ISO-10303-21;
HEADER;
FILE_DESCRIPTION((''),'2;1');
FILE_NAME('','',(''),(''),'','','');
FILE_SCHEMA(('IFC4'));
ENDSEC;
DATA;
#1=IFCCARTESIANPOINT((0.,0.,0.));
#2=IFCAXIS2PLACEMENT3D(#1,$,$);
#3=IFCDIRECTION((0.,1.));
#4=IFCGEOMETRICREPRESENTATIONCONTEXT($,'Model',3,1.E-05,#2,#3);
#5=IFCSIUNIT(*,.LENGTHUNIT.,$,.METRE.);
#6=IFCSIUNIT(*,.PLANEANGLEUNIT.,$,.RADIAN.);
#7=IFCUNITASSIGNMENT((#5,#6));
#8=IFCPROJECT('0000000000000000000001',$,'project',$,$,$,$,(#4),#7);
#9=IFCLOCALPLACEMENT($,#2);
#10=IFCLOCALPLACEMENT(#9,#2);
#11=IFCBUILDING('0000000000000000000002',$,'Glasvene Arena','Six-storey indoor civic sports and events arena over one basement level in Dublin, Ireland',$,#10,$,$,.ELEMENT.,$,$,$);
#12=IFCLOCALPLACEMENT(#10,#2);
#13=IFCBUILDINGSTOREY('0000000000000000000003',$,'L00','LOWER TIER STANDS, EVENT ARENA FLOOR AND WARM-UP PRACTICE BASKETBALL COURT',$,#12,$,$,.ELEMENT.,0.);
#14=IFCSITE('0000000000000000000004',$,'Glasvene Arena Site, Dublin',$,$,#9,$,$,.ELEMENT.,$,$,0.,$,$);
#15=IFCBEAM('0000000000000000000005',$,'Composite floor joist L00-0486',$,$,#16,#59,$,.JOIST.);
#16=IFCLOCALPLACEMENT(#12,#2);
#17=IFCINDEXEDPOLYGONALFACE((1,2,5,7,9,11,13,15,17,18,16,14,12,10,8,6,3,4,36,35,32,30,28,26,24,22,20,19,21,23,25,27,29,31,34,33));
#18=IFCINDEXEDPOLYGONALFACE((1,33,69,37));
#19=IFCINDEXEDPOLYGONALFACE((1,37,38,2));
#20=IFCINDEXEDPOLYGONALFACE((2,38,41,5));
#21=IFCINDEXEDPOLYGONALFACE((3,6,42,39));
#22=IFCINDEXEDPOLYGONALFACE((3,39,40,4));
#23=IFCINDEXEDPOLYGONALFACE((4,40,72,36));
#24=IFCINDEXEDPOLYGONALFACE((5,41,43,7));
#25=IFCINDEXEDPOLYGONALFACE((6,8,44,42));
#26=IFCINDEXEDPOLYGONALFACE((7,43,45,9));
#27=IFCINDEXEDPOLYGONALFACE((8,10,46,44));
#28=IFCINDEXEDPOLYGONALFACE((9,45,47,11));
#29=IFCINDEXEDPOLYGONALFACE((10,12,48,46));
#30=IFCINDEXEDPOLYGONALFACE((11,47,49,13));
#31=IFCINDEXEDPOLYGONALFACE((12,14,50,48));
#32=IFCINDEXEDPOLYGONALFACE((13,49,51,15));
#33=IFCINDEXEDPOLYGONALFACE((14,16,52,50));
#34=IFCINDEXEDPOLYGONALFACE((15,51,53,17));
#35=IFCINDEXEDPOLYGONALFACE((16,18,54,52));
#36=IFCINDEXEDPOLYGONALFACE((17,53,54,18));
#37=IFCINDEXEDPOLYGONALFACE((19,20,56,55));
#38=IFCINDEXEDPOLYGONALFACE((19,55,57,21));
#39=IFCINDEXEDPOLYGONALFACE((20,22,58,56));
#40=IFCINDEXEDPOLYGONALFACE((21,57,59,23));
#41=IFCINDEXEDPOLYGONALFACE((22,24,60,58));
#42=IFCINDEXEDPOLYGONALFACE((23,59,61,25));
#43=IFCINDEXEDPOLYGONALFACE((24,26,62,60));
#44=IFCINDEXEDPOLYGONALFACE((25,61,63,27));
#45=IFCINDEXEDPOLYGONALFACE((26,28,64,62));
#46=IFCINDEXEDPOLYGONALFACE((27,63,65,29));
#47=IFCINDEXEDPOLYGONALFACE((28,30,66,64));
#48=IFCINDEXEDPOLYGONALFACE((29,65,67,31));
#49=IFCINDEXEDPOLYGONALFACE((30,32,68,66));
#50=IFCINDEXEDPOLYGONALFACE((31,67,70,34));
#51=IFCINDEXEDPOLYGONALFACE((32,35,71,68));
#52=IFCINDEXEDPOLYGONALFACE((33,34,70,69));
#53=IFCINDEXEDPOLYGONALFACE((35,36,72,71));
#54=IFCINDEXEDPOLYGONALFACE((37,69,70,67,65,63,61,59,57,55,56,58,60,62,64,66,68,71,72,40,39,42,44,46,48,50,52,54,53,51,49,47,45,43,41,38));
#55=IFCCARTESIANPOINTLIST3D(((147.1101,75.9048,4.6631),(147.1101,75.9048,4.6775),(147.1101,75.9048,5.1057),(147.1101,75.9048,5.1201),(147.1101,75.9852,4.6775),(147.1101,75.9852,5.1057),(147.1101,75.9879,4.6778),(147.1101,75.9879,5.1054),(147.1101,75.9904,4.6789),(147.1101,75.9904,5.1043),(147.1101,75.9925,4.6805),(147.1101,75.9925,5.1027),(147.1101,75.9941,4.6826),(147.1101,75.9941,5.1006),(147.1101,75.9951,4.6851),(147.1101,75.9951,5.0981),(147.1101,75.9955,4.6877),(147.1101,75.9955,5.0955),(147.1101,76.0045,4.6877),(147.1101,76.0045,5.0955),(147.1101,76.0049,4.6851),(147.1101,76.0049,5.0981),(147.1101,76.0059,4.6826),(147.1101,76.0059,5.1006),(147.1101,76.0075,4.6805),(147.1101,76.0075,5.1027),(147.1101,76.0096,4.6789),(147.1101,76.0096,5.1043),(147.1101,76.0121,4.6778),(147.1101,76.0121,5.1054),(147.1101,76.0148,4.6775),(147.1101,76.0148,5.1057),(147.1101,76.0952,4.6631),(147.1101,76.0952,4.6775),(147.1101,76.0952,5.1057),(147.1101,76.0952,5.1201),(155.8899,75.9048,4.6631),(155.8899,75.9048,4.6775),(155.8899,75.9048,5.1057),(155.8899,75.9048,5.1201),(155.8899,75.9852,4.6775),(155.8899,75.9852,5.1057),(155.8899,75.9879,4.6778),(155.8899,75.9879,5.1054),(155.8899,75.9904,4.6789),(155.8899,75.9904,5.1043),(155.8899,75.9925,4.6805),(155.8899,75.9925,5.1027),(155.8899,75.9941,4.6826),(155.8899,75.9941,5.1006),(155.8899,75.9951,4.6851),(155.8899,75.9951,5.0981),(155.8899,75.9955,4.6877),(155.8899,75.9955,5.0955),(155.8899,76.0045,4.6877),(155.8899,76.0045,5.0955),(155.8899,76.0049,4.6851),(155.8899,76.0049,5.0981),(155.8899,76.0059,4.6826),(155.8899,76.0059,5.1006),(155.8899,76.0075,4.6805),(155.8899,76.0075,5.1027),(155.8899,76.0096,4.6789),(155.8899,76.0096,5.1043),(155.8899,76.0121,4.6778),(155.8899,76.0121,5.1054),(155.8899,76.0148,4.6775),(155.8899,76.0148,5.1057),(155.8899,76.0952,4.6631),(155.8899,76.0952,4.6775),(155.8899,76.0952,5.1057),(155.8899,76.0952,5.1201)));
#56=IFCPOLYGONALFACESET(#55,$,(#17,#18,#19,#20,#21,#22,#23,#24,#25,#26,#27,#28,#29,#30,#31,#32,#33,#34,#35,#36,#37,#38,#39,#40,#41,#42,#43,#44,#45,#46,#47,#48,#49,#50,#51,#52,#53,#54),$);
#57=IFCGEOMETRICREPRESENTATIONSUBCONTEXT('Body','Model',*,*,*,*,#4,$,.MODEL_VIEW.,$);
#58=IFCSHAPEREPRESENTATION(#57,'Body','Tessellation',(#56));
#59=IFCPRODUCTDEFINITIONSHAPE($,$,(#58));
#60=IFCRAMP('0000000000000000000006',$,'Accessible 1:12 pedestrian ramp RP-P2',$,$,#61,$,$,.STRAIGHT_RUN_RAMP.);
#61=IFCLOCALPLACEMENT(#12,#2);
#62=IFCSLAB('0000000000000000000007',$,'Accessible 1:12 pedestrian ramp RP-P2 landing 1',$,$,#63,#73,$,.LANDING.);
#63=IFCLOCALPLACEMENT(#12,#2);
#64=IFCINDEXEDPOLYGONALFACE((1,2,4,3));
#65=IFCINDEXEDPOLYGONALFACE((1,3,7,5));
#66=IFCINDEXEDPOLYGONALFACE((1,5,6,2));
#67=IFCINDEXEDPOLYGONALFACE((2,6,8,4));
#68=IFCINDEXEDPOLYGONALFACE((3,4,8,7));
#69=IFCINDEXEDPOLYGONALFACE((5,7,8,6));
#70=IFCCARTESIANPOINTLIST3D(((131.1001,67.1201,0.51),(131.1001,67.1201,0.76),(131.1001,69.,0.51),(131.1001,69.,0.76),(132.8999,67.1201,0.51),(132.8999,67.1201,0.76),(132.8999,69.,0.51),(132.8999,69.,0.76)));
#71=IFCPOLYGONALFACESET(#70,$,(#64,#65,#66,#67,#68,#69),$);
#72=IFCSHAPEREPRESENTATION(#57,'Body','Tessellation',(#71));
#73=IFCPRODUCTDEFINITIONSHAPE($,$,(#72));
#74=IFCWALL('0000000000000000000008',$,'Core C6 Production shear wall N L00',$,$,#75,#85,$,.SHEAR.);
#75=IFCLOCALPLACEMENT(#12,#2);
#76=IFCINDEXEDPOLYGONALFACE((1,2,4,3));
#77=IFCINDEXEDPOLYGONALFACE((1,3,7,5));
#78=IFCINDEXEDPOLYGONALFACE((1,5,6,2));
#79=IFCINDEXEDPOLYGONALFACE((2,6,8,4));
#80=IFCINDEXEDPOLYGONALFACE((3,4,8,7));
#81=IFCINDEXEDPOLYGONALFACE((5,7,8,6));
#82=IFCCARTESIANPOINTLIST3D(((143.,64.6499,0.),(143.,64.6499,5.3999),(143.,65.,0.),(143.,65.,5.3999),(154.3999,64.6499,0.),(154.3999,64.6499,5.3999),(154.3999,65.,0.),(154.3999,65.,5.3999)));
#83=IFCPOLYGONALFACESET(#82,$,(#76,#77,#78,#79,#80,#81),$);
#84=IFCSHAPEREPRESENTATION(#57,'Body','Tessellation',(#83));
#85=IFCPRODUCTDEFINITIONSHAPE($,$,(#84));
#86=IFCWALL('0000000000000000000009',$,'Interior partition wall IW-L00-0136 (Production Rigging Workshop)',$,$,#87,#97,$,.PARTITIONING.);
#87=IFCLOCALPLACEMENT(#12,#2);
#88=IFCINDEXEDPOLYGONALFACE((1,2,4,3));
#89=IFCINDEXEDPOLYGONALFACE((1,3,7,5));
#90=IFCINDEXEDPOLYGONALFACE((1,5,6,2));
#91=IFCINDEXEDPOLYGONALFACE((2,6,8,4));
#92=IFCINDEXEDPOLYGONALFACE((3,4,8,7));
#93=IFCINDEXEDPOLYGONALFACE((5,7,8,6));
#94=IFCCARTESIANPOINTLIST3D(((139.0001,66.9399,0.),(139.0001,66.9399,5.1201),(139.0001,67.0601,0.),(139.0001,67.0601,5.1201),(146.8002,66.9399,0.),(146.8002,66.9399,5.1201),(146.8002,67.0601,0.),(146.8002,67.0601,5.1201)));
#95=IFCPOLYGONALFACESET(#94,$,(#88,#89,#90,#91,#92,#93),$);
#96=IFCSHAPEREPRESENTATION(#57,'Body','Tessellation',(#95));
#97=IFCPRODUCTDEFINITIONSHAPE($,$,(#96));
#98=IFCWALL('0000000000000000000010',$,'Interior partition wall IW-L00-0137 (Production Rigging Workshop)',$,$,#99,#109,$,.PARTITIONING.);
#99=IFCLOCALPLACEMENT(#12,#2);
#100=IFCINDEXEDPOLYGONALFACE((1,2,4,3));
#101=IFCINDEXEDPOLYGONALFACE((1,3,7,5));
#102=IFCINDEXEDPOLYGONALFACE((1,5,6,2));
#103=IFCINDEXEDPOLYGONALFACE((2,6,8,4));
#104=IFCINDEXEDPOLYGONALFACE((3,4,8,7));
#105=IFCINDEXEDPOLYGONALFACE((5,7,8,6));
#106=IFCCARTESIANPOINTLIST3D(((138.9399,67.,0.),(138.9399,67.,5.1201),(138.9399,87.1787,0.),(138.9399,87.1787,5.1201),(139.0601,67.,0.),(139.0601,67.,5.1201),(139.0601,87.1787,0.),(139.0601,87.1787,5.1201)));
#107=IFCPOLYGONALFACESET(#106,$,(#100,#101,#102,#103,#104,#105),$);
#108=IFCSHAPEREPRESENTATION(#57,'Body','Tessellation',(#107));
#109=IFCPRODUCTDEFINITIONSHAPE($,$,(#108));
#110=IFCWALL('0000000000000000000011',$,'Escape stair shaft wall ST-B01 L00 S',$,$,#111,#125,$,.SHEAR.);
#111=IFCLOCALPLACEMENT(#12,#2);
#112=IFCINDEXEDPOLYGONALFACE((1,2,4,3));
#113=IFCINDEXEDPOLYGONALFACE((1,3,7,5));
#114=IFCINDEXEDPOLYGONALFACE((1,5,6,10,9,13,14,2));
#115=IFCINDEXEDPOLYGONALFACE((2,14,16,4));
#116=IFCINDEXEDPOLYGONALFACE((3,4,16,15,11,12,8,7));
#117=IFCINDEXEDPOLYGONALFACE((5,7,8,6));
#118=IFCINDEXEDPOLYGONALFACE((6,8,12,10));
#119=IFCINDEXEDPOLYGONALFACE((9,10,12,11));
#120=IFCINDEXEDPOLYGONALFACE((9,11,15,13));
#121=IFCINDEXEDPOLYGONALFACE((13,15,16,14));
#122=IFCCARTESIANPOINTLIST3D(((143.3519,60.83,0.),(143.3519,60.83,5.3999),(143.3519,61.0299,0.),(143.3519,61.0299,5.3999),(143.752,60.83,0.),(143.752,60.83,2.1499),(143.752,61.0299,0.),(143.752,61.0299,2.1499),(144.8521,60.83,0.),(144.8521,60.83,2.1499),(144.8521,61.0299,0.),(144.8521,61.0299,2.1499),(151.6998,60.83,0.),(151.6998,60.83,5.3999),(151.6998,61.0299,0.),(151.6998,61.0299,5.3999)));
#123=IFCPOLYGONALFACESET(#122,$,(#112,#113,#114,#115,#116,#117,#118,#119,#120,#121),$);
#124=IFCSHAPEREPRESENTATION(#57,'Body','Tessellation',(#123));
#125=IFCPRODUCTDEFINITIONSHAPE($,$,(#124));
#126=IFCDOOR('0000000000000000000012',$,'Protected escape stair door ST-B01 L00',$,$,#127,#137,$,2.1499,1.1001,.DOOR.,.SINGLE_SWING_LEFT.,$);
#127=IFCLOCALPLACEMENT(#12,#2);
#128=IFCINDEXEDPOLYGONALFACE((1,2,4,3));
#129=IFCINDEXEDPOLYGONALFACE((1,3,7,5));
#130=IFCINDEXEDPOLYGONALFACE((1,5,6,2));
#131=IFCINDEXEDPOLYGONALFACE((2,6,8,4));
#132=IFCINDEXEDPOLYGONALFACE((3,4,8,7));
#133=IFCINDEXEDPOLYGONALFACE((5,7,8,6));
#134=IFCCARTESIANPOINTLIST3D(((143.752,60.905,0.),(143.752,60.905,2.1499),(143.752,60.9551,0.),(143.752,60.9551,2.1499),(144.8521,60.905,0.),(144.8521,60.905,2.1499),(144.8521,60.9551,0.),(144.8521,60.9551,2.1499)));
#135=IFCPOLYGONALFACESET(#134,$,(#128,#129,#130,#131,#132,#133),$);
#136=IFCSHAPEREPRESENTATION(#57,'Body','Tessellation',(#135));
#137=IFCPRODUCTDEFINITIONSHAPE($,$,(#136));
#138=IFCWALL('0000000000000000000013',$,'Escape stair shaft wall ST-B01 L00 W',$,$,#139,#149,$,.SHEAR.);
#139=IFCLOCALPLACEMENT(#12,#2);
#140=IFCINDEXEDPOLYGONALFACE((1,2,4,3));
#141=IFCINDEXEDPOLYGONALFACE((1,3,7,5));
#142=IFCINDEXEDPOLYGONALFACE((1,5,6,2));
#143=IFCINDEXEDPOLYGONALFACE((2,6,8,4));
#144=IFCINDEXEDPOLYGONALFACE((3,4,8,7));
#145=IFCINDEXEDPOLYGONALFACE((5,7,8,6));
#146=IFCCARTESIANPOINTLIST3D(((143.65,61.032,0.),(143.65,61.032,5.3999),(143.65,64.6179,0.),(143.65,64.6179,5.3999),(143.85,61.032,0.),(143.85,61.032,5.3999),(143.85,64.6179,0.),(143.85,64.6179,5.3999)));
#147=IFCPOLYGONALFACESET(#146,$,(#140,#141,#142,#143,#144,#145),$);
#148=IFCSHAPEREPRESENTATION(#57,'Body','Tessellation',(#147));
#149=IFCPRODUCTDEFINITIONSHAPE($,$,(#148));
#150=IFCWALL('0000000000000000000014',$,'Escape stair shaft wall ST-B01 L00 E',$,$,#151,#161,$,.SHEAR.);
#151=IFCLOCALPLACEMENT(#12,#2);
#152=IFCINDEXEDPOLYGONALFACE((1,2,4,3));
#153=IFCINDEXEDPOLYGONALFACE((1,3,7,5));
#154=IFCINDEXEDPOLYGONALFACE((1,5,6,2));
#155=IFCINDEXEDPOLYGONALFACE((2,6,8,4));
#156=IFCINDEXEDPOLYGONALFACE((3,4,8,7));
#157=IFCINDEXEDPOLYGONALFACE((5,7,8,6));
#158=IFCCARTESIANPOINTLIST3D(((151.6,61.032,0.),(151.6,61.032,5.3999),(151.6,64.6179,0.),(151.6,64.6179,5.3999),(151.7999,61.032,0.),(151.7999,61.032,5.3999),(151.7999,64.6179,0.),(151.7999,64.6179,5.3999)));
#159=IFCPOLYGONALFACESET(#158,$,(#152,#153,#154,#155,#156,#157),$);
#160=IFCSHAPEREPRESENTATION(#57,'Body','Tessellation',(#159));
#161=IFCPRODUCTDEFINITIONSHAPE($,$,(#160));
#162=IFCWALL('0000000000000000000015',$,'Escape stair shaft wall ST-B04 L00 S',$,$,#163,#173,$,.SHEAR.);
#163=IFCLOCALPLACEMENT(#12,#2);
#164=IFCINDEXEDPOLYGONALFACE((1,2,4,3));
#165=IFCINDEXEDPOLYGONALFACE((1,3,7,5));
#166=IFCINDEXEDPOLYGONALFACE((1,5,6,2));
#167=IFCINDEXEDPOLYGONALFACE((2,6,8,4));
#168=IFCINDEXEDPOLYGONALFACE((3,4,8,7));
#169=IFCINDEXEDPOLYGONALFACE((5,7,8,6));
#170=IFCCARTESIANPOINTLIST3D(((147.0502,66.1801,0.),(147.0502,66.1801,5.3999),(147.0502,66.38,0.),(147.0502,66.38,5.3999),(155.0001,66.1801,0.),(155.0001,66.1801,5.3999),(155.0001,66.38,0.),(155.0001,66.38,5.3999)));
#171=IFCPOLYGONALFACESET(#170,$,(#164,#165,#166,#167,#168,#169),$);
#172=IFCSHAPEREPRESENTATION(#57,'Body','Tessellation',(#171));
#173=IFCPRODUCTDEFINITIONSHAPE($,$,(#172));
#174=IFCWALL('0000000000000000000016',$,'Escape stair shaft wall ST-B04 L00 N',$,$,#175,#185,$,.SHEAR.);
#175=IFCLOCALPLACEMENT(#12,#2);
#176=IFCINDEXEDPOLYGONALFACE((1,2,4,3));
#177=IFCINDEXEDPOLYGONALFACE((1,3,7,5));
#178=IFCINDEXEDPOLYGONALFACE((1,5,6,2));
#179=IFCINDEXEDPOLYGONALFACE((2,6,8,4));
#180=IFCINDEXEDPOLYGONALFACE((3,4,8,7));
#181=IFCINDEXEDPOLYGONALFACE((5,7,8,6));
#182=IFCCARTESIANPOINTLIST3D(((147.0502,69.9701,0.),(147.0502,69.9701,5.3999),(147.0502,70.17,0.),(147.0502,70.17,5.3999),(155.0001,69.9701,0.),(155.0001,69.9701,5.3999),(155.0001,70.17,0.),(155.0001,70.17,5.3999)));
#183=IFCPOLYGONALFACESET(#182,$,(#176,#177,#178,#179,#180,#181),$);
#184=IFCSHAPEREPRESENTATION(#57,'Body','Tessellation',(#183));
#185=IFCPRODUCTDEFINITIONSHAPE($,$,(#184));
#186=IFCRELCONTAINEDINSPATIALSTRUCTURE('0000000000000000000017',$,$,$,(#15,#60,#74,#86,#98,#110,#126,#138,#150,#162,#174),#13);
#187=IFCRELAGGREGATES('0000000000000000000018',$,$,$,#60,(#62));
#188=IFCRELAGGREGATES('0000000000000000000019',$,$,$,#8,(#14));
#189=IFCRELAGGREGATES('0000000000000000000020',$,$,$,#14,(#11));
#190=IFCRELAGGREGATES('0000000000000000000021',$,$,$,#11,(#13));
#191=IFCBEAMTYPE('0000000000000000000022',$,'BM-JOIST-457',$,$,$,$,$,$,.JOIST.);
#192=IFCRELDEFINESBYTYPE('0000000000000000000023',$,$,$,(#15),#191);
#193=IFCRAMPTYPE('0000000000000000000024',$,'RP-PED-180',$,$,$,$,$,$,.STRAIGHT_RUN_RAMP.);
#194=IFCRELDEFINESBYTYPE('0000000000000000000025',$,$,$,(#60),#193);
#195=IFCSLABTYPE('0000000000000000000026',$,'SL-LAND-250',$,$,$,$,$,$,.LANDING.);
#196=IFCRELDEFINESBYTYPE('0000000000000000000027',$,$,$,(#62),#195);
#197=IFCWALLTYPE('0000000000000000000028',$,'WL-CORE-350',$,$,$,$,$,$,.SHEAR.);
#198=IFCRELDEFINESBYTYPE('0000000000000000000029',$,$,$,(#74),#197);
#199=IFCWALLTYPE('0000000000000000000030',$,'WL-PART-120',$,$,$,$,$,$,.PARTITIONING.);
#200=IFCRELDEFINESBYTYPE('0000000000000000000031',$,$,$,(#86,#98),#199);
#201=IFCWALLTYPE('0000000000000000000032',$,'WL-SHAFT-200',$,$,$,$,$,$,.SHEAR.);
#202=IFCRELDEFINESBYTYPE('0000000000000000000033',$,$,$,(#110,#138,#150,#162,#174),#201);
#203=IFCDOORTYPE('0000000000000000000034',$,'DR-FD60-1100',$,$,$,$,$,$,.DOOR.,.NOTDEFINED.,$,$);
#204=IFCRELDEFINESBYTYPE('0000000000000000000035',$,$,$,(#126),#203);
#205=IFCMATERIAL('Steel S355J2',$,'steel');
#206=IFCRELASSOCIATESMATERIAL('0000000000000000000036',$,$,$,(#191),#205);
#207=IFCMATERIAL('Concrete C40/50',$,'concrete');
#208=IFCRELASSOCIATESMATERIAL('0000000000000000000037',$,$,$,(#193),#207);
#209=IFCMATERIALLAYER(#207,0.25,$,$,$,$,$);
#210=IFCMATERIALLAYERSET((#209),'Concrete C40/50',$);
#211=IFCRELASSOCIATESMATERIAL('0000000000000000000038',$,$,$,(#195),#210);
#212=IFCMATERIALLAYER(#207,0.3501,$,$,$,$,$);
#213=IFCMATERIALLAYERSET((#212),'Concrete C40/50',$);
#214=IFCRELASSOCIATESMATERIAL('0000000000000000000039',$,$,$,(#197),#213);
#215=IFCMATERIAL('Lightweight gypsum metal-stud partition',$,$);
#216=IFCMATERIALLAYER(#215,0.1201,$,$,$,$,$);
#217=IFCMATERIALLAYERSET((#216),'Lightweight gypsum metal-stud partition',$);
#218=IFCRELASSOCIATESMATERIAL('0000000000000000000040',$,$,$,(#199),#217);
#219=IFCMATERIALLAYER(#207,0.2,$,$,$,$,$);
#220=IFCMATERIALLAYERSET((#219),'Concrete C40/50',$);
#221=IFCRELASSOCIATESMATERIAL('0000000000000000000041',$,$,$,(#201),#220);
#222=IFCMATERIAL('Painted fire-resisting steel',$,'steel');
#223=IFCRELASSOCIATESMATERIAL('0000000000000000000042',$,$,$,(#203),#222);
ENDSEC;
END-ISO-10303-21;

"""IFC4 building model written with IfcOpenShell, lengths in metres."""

from ifc_helpers import new_model, si_unit, direction, frame, frame_2d, origin, origin_2d, place, context, subcontext, project, spatial, polyline, rectangle, i_section, outline, extrude, material, layer, layer_set, material_profile, profile_set, type_object, element, fill, aggregate, save


model = new_model("IFC4")

# Units and contexts
model_context = context("Model", 3, precision=1e-05, world=origin(), true_north=direction((0.0, 1.0)))
body_context = subcontext(model_context, "Body", "Model", "MODEL_VIEW")
ifc_project = project(units=[si_unit("LENGTHUNIT", "METRE"), si_unit("PLANEANGLEUNIT", "RADIAN")], contexts=[model_context])

# Site, building, storey
site_placement = place(None, origin())
site = spatial("IfcSite", under=ifc_project, at=site_placement, Name="Glasvene Arena Site, Dublin", CompositionType="ELEMENT", RefElevation=0.0)
building_placement = place(site_placement, origin())
building = spatial("IfcBuilding", under=site, at=building_placement, Name="Glasvene Arena", Description="Six-storey indoor civic sports and events arena over one basement level in Dublin, Ireland", CompositionType="ELEMENT")
storey_placement = place(building_placement, origin())
storey = spatial("IfcBuildingStorey", under=building, at=storey_placement, Name="L00", Description="LOWER TIER STANDS, EVENT ARENA FLOOR AND WARM-UP PRACTICE BASKETBALL COURT", CompositionType="ELEMENT", Elevation=0.0)

# Shared definitions
ifc_material_1 = material(Name="Concrete C40/50", Category="concrete")
ifc_material_2 = material(Name="Steel S355J2", Category="steel")

# Beam
ifc_material_profile_1 = material_profile(ifc_material_2, i_section(OverallWidth=0.1904, OverallDepth=0.457, WebThickness=0.009, FlangeThickness=0.0144, FilletRadius=0.0103, at=origin_2d()), Name="UKB 457x191x74")
ifc_profile_set_1 = profile_set([ifc_material_profile_1], Name="Steel S355J2")
beam_type_1 = type_object("IfcBeamType", Name="BM-JOIST-457", PredefinedType="JOIST", material=ifc_profile_set_1)
beam_1_placement = place(storey_placement, frame((147.1101, 76.0, 4.8916), z_axis=(1.0, 0.0, 0.0), x_axis=(0.0, 1.0, 0.0)))
element("IfcBeam", 1, at=beam_1_placement, inside=storey, type_object=beam_type_1, Name="Composite floor joist L00-0486", PredefinedType="JOIST", context=body_context, shape_type="SweptSolid", body=[
    extrude(i_section(OverallWidth=0.1904, OverallDepth=0.457, WebThickness=0.009, FlangeThickness=0.0144, FilletRadius=0.0103, at=origin_2d()), origin(), (0.0, 0.0, 1.0), 8.7798),
])

# Ramp, slab
ramp_type = type_object("IfcRampType", Name="RP-PED-180", PredefinedType="STRAIGHT_RUN_RAMP", material=ifc_material_1)
ramp_placement = place(storey_placement, origin())
ramp = element("IfcRamp", 2, at=ramp_placement, inside=storey, type_object=ramp_type, Name="Accessible 1:12 pedestrian ramp RP-P2", PredefinedType="STRAIGHT_RUN_RAMP")
ifc_layer_1 = layer(ifc_material_1, 0.25)
ifc_layer_set_1 = layer_set([ifc_layer_1], Name="Concrete C40/50")
slab_type_1 = type_object("IfcSlabType", Name="SL-LAND-250", PredefinedType="LANDING", material=ifc_layer_set_1)
slab_1_placement = place(storey_placement, frame((132.0, 68.0601, 0.51)))
slab_1 = element("IfcSlab", 3, at=slab_1_placement, type_object=slab_type_1, Name="Accessible 1:12 pedestrian ramp RP-P2 landing 1", PredefinedType="LANDING", context=body_context, shape_type="SweptSolid", body=[
    extrude(outline(polyline([(-0.8999, -0.9399), (0.8999, -0.9399), (0.8999, 0.9399), (-0.8999, 0.9399), (-0.8999, -0.9399)])), origin(), (0.0, 0.0, 1.0), 0.25),
])
aggregate(ramp, [slab_1])

# Walls
ifc_layer_2 = layer(ifc_material_1, 0.3501)
ifc_layer_set_2 = layer_set([ifc_layer_2], Name="Concrete C40/50")
wall_type_1 = type_object("IfcWallType", Name="WL-CORE-350", PredefinedType="SHEAR", material=ifc_layer_set_2)
wall_1_placement = place(storey_placement, frame((143.0, 64.825, 0.0), z_axis=(0.0, 0.0, 1.0), x_axis=(1.0, 0.0, 0.0)))
element("IfcWall", 4, at=wall_1_placement, inside=storey, type_object=wall_type_1, Name="Core C6 Production shear wall N L00", PredefinedType="SHEAR", context=body_context, shape_type="SweptSolid", body=[
    extrude(rectangle(XDim=11.3999, YDim=0.3501, at=frame_2d((5.7, 0.0))), origin(), (0.0, 0.0, 1.0), 5.3999),
])
ifc_material_3 = material(Name="Lightweight gypsum metal-stud partition")
ifc_layer_3 = layer(ifc_material_3, 0.1201)
ifc_layer_set_3 = layer_set([ifc_layer_3], Name="Lightweight gypsum metal-stud partition")
wall_type_2 = type_object("IfcWallType", Name="WL-PART-120", PredefinedType="PARTITIONING", material=ifc_layer_set_3)
wall_2_placement = place(storey_placement, frame((146.8, 67.0, 0.0), z_axis=(0.0, 0.0, 1.0), x_axis=(-1.0, 0.0, 0.0)))
element("IfcWall", 5, at=wall_2_placement, inside=storey, type_object=wall_type_2, Name="Interior partition wall IW-L00-0136 (Production Rigging Workshop)", PredefinedType="PARTITIONING", context=body_context, shape_type="SweptSolid", body=[
    extrude(rectangle(XDim=7.8, YDim=0.1201, at=frame_2d((3.8999, 0.0))), origin(), (0.0, 0.0, 1.0), 5.1201),
])
wall_3_placement = place(storey_placement, frame((139.0, 67.0, 0.0), z_axis=(0.0, 0.0, 1.0), x_axis=(0.0, 1.0, 0.0)))
element("IfcWall", 6, at=wall_3_placement, inside=storey, type_object=wall_type_2, Name="Interior partition wall IW-L00-0137 (Production Rigging Workshop)", PredefinedType="PARTITIONING", context=body_context, shape_type="SweptSolid", body=[
    extrude(rectangle(XDim=20.1787, YDim=0.1201, at=frame_2d((10.0894, 0.0))), origin(), (0.0, 0.0, 1.0), 5.1201),
])

# Wall, opening, door
ifc_layer_4 = layer(ifc_material_1, 0.2)
ifc_layer_set_4 = layer_set([ifc_layer_4], Name="Concrete C40/50")
wall_type_3 = type_object("IfcWallType", Name="WL-SHAFT-200", PredefinedType="SHEAR", material=ifc_layer_set_4)
wall_4_placement = place(storey_placement, frame((143.3521, 60.9299, 0.0), z_axis=(0.0, 0.0, 1.0), x_axis=(1.0, 0.0, 0.0)))
wall_4 = element("IfcWall", 7, at=wall_4_placement, inside=storey, type_object=wall_type_3, Name="Escape stair shaft wall ST-B01 L00 S", PredefinedType="SHEAR", context=body_context, shape_type="SweptSolid", body=[
    extrude(rectangle(XDim=8.3479, YDim=0.2, at=frame_2d((4.1738, 0.0))), origin(), (0.0, 0.0, 1.0), 5.3999),
])
opening_1_placement = place(wall_4_placement, frame((0.3999, 0.0, 0.0)))
opening_1 = element("IfcOpeningElement", 8, at=opening_1_placement, cuts=wall_4, PredefinedType="OPENING", context=body_context, shape_type="SweptSolid", body=[
    extrude(rectangle(XDim=1.1001, YDim=2.1499, at=frame_2d((0.55, 1.075))), frame((0.0, 0.1099, 0.0), z_axis=(0.0, -1.0, 0.0), x_axis=(1.0, 0.0, 0.0)), (0.0, 0.0, 1.0), 0.22),
])
ifc_material_4 = material(Name="Painted fire-resisting steel", Category="steel")
door_type = type_object("IfcDoorType", Name="DR-FD60-1100", OperationType="NOTDEFINED", PredefinedType="DOOR", material=ifc_material_4)
door_1_placement = place(opening_1_placement, frame((1.1001, 0.0, 0.0), z_axis=(0.0, 0.0, 1.0), x_axis=(-1.0, 0.0, 0.0)))
door_1 = element("IfcDoor", 9, at=door_1_placement, inside=storey, type_object=door_type, Name="Protected escape stair door ST-B01 L00", OperationType="SINGLE_SWING_LEFT", OverallHeight=2.1499, OverallWidth=1.1001, PredefinedType="DOOR", context=body_context, shape_type="SweptSolid", body=[
    extrude(rectangle(XDim=1.1001, YDim=2.1499, at=frame_2d((0.55, 1.075))), frame((0.0, 0.0249, 0.0), z_axis=(0.0, -1.0, 0.0), x_axis=(1.0, 0.0, 0.0)), (0.0, 0.0, 1.0), 0.05),
])
fill(opening_1, door_1)

# Walls
for number, where, z_axis, x_axis, name in (
    (10, (143.75, 61.032, 0.0), (0.0, 0.0, 1.0), (0.0, 1.0, 0.0), "Escape stair shaft wall ST-B01 L00 W"),
    (11, (151.7, 61.032, 0.0), (0.0, 0.0, 1.0), (0.0, 1.0, 0.0), "Escape stair shaft wall ST-B01 L00 E"),
):
    element("IfcWall", number, at=place(storey_placement, frame(where, z_axis=z_axis, x_axis=x_axis)), inside=storey, type_object=wall_type_3, Name=name, PredefinedType="SHEAR", context=body_context, shape_type="SweptSolid", body=[
        extrude(rectangle(XDim=3.5859, YDim=0.2, at=frame_2d((1.793, 0.0))), origin(), (0.0, 0.0, 1.0), 5.3999),
    ])
wall_5_placement = place(storey_placement, frame((147.05, 66.28, 0.0), z_axis=(0.0, 0.0, 1.0), x_axis=(1.0, 0.0, 0.0)))
element("IfcWall", 12, at=wall_5_placement, inside=storey, type_object=wall_type_3, Name="Escape stair shaft wall ST-B04 L00 S", PredefinedType="SHEAR", context=body_context, shape_type="SweptSolid", body=[
    extrude(rectangle(XDim=7.95, YDim=0.2, at=frame_2d((3.9751, 0.0))), origin(), (0.0, 0.0, 1.0), 5.3999),
])

# Wall
wall_6_placement = place(storey_placement, frame((147.05, 70.0701, 0.0), z_axis=(0.0, 0.0, 1.0), x_axis=(1.0, 0.0, 0.0)))
element("IfcWall", 13, at=wall_6_placement, inside=storey, type_object=wall_type_3, Name="Escape stair shaft wall ST-B04 L00 N", PredefinedType="SHEAR", context=body_context, shape_type="SweptSolid", body=[
    extrude(rectangle(XDim=7.95, YDim=0.2, at=frame_2d((3.9751, 0.0))), origin(), (0.0, 0.0, 1.0), 5.3999),
])

save(model, "model.ifc")
